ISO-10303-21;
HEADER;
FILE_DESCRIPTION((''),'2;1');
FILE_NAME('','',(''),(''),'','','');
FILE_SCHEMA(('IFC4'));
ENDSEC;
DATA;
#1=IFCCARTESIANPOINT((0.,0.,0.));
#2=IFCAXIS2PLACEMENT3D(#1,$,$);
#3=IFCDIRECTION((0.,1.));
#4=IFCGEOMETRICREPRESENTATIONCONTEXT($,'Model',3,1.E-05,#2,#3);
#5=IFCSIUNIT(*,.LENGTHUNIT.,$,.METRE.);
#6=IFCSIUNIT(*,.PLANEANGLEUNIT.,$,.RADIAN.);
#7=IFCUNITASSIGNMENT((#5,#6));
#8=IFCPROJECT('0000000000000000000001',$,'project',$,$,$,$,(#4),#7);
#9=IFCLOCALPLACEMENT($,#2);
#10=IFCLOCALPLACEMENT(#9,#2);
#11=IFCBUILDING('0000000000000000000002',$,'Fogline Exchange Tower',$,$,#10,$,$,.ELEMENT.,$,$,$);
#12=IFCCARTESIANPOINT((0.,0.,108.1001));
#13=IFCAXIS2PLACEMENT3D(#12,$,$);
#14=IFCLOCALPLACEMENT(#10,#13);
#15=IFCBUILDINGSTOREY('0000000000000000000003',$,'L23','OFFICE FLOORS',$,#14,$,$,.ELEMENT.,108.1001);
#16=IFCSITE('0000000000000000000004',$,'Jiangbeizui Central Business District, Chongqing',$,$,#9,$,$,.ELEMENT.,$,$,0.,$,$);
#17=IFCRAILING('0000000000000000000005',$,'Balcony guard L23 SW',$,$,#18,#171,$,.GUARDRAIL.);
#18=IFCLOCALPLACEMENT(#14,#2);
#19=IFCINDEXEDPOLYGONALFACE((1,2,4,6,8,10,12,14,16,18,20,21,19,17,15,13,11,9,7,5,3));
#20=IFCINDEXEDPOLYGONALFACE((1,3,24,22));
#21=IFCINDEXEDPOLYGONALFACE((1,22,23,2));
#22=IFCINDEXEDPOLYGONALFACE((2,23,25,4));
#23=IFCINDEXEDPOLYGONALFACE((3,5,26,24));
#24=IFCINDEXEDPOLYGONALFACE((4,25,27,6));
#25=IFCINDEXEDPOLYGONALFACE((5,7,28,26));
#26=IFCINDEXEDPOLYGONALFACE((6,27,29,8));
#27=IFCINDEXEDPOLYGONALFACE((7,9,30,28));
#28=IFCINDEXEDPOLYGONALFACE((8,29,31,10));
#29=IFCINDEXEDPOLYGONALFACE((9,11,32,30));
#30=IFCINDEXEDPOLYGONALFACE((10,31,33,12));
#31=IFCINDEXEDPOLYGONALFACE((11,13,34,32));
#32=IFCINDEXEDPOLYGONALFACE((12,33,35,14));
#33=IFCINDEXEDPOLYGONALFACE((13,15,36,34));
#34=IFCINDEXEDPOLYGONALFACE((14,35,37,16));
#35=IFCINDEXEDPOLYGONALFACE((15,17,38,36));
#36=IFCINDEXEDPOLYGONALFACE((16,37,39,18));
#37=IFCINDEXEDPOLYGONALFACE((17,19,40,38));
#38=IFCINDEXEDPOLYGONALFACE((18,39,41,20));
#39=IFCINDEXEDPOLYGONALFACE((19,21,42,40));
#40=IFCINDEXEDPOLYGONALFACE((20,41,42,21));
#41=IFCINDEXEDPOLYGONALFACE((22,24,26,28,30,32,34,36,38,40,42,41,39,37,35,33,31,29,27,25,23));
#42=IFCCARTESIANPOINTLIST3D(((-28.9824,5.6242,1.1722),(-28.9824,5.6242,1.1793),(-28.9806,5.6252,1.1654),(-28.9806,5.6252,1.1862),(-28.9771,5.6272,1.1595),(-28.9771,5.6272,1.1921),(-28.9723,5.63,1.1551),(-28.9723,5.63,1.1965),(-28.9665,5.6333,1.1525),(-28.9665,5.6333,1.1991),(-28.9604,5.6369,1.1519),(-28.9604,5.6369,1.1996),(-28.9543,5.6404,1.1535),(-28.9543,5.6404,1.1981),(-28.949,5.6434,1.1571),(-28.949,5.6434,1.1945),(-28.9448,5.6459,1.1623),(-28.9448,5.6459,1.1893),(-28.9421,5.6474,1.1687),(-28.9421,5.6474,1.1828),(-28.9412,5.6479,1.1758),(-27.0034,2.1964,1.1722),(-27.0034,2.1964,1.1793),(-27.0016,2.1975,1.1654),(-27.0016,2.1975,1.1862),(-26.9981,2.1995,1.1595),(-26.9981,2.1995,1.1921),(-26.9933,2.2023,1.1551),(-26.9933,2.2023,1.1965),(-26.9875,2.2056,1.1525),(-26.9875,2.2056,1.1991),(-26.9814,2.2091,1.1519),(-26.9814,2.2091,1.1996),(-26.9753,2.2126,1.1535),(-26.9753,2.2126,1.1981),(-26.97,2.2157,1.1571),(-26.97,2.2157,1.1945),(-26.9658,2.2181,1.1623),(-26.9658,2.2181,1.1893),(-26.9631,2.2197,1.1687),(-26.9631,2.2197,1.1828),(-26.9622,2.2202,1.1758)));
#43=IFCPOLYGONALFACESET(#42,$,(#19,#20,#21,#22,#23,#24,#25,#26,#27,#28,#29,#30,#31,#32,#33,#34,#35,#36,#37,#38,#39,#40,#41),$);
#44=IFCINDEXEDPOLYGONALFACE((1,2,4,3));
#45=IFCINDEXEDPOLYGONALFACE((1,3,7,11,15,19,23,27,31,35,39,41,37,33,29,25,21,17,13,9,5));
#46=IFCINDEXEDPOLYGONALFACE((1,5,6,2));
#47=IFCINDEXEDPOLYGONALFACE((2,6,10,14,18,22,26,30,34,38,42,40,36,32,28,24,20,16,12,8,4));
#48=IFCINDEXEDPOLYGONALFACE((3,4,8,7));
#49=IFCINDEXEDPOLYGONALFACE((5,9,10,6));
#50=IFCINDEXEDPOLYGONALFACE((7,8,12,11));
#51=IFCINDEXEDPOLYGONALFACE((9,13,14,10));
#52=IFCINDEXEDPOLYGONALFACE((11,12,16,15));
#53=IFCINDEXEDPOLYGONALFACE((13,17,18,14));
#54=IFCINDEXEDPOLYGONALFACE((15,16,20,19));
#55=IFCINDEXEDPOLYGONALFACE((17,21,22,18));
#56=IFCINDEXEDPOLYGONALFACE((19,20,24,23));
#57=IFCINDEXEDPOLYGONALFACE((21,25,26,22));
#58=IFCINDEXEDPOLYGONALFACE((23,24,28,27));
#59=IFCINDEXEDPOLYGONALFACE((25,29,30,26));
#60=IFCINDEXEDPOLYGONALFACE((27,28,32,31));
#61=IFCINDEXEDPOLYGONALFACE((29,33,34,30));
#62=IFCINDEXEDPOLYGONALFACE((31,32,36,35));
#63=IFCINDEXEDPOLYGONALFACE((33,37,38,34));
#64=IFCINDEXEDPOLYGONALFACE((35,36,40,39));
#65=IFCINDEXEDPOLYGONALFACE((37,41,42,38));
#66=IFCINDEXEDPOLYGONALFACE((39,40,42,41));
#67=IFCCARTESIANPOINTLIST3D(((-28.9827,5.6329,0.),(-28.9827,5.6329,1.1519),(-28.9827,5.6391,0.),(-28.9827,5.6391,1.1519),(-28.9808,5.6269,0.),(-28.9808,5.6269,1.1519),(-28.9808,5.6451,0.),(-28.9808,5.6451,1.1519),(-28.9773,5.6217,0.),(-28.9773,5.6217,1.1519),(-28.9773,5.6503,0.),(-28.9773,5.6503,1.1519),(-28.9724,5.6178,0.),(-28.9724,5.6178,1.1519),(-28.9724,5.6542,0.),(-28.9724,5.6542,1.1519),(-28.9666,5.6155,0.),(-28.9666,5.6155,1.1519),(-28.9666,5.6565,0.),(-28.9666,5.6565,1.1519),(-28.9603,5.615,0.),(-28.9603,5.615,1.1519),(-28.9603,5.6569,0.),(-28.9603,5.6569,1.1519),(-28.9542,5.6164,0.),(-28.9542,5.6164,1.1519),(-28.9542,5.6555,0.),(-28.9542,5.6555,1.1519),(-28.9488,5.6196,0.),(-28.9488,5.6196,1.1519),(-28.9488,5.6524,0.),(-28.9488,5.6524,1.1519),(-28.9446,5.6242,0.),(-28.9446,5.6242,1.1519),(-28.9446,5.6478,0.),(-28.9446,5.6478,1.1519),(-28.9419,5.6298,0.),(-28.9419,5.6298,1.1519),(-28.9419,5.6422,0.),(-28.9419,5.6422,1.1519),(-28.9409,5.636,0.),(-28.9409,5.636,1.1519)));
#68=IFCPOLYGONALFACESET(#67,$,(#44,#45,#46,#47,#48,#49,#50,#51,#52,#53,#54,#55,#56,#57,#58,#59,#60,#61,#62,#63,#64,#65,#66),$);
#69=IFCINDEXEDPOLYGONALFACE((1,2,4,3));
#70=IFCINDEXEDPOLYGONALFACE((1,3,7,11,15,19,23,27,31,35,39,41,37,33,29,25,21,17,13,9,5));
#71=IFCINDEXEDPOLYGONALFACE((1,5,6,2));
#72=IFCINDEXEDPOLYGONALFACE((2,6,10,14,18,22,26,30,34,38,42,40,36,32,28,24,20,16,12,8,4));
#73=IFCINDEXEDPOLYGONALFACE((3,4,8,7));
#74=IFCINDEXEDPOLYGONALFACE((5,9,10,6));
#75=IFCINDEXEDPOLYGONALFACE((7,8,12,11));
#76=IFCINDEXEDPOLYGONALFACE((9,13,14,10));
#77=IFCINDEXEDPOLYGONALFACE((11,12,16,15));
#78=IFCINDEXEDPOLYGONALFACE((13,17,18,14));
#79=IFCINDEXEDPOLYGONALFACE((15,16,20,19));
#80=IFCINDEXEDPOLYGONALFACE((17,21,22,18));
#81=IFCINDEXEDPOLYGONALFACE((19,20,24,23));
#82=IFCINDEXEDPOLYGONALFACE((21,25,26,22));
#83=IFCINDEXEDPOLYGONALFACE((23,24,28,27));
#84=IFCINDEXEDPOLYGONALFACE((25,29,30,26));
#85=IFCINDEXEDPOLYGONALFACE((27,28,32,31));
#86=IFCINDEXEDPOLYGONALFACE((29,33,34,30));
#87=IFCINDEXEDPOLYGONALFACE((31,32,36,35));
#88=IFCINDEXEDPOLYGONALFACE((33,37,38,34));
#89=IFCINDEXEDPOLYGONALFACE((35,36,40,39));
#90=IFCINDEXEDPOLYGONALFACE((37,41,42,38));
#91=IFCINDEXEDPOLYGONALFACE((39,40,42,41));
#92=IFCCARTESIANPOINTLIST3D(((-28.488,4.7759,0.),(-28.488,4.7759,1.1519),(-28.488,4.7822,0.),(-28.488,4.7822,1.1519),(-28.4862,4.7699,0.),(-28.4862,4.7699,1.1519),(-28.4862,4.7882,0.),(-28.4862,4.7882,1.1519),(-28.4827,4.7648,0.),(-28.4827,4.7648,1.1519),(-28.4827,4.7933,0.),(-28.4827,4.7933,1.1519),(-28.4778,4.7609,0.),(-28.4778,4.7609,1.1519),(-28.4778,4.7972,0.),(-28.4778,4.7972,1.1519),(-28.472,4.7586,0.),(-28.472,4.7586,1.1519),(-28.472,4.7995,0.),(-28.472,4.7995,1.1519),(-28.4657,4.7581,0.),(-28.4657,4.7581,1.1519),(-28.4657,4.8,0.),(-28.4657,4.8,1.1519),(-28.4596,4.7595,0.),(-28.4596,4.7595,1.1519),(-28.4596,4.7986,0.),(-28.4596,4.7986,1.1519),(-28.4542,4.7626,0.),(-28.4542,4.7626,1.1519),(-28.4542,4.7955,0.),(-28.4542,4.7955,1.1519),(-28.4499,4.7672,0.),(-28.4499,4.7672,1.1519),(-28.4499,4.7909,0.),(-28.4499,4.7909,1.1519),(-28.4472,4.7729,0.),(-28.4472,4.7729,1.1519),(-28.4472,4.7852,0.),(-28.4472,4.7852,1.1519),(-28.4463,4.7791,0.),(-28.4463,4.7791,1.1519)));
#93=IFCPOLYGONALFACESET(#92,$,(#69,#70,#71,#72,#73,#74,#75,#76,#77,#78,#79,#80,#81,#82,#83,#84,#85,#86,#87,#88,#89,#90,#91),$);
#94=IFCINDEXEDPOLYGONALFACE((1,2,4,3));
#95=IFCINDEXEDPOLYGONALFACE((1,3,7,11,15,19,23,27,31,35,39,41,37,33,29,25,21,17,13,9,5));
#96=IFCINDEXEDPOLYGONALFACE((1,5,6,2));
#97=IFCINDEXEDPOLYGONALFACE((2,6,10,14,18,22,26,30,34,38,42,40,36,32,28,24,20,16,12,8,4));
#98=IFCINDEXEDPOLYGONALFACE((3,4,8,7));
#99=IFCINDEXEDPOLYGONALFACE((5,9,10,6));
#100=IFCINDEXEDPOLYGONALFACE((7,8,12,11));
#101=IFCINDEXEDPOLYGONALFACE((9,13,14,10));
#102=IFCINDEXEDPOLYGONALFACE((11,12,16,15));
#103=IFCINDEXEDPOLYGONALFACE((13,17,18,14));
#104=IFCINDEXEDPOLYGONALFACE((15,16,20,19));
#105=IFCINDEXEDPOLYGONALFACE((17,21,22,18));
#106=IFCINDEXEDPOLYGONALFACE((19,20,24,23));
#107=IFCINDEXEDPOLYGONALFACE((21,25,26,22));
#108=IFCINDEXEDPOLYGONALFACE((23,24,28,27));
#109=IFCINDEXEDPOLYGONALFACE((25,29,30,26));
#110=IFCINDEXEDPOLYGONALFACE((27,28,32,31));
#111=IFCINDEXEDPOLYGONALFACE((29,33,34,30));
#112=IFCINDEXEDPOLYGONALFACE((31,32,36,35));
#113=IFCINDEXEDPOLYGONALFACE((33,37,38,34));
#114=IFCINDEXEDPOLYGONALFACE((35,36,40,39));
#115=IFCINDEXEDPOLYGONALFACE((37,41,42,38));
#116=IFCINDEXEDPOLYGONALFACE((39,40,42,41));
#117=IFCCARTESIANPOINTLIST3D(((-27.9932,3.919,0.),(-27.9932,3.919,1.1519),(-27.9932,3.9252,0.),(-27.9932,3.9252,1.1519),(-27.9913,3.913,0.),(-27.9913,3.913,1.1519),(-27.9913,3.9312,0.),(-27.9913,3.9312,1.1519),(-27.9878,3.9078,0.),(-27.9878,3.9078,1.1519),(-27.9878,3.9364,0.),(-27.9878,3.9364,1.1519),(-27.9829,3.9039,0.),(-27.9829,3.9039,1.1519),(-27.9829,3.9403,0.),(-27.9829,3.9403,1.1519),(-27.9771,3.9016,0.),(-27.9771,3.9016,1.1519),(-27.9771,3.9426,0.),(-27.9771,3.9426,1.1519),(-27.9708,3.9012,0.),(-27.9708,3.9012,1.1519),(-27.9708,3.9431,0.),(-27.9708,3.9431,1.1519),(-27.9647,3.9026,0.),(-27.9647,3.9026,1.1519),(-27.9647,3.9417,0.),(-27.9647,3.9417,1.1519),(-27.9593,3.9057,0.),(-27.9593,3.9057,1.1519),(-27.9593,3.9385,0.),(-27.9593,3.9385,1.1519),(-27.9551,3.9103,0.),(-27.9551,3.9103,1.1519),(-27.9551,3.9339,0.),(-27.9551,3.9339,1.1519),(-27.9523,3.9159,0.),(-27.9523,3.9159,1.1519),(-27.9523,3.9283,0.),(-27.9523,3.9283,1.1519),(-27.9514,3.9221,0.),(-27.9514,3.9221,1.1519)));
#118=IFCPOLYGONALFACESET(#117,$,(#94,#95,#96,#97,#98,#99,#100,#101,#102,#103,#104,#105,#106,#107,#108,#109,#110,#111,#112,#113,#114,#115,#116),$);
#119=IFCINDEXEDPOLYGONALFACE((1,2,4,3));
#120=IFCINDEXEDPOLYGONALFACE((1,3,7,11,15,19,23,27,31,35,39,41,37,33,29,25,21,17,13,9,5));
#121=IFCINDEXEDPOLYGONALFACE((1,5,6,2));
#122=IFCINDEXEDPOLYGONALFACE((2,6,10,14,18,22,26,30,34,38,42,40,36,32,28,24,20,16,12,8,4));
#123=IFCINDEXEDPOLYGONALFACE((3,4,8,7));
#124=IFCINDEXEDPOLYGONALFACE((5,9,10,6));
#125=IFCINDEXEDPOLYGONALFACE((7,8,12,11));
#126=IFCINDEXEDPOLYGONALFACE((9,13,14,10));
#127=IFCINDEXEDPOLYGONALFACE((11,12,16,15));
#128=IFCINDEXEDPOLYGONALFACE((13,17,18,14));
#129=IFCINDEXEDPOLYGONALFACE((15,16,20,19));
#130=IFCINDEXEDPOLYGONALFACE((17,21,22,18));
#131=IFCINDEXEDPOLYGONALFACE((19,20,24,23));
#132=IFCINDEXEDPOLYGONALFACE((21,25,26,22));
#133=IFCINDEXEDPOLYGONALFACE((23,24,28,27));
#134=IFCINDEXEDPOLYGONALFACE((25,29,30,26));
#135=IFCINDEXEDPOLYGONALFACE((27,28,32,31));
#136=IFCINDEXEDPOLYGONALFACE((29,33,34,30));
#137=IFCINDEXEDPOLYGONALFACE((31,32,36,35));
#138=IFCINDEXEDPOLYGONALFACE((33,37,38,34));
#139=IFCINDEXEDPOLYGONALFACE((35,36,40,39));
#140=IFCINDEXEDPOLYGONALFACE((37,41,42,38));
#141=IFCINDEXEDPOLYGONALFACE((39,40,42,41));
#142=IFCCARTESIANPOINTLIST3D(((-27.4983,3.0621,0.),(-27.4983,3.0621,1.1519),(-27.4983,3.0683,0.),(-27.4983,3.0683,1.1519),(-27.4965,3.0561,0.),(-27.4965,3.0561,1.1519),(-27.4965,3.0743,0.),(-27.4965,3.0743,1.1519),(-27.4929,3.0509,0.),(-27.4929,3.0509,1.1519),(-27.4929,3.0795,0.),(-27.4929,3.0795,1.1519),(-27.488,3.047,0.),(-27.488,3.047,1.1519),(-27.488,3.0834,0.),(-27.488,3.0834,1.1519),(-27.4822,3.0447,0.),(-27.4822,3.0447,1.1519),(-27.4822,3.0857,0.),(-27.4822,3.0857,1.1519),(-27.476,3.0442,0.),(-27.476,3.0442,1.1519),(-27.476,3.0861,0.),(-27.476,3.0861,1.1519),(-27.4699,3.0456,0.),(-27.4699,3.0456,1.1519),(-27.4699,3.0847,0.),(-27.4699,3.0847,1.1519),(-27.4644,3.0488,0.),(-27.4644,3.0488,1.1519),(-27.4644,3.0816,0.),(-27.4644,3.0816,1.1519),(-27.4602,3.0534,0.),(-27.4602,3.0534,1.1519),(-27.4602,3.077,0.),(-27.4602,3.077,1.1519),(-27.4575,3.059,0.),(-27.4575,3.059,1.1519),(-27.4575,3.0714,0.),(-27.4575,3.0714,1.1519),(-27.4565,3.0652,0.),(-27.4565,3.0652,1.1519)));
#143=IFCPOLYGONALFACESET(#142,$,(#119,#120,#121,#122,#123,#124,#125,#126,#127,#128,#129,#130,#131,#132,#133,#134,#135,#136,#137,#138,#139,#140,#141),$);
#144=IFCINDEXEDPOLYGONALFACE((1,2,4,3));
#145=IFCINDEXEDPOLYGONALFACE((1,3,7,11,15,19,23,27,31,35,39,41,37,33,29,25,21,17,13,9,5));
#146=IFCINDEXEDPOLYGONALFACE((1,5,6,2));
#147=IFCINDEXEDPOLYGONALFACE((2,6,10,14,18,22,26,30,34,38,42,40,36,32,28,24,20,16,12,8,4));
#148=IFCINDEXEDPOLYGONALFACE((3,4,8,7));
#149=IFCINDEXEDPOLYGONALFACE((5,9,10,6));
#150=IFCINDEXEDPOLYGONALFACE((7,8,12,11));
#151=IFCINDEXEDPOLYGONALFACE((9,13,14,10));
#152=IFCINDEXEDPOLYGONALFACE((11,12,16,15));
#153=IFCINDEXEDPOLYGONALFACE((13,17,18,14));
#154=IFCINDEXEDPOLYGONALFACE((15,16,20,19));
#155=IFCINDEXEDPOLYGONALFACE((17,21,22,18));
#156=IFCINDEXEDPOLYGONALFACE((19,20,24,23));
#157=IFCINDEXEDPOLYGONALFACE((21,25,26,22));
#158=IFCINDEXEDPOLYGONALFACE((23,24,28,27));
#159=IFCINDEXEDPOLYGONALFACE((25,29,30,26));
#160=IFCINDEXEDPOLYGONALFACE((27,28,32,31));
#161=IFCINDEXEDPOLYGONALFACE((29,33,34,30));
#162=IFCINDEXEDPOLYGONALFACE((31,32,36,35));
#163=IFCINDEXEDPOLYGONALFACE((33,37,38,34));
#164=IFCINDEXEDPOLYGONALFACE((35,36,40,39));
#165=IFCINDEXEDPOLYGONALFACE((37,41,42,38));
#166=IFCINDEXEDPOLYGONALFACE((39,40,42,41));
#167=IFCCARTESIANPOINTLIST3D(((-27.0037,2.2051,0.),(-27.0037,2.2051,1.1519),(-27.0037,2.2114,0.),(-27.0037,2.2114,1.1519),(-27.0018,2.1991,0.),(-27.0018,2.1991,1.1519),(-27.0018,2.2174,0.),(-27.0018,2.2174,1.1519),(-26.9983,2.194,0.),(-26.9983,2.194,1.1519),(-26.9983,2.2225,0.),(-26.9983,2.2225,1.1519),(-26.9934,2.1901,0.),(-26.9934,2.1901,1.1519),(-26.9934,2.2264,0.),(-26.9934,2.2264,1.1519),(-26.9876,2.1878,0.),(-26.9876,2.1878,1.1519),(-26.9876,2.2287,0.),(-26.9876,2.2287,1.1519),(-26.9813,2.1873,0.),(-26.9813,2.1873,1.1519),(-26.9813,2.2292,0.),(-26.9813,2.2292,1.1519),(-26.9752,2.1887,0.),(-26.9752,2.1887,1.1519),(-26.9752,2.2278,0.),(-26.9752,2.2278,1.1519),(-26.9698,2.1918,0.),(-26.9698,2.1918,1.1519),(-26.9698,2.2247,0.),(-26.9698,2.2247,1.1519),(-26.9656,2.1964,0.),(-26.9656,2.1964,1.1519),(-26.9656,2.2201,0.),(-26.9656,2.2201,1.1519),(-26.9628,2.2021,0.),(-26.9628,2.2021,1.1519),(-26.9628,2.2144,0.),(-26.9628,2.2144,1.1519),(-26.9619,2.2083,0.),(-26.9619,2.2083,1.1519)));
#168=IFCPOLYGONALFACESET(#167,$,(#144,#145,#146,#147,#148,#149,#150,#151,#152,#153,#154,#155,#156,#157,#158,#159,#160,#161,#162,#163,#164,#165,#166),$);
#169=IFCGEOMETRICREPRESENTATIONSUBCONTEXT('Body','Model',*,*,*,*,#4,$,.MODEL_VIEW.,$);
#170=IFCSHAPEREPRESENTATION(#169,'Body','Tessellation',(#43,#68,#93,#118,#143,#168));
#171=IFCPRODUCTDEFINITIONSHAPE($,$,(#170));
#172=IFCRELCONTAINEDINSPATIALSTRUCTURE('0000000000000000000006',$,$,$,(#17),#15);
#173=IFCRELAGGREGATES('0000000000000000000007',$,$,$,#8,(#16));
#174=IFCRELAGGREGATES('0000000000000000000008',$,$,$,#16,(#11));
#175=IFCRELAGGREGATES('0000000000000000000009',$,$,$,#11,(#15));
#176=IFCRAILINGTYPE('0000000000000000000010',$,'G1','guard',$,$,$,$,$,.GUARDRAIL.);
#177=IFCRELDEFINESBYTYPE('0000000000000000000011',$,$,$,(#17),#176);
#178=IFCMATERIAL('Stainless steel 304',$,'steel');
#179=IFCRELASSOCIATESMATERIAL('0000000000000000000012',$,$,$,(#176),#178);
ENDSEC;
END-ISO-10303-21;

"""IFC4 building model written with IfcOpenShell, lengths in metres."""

from ifc_helpers import new_model, si_unit, direction, frame, origin, origin_2d, place, context, subcontext, project, spatial, circle, extrude, material, type_object, element, save


model = new_model("IFC4")

# Units and contexts
model_context = context("Model", 3, precision=1e-05, world=origin(), true_north=direction((0.0, 1.0)))
body_context = subcontext(model_context, "Body", "Model", "MODEL_VIEW")
ifc_project = project(units=[si_unit("LENGTHUNIT", "METRE"), si_unit("PLANEANGLEUNIT", "RADIAN")], contexts=[model_context])

# Site, building, storey
site_placement = place(None, origin())
site = spatial("IfcSite", under=ifc_project, at=site_placement, Name="Jiangbeizui Central Business District, Chongqing", CompositionType="ELEMENT", RefElevation=0.0)
building_placement = place(site_placement, origin())
building = spatial("IfcBuilding", under=site, at=building_placement, Name="Fogline Exchange Tower", CompositionType="ELEMENT")
storey_placement = place(building_placement, frame((0.0, 0.0, 108.1001)))
storey = spatial("IfcBuildingStorey", under=building, at=storey_placement, Name="L23", Description="OFFICE FLOORS", CompositionType="ELEMENT", Elevation=108.1001)

# Railing
ifc_material_1 = material(Name="Stainless steel 304", Category="steel")
railing_type = type_object("IfcRailingType", Name="G1", Description="guard", PredefinedType="GUARDRAIL", material=ifc_material_1)
railing_placement = place(storey_placement, frame((-28.9619, 5.636, 0.0)))
element("IfcRailing", 1, at=railing_placement, inside=storey, type_object=railing_type, Name="Balcony guard L23 SW", PredefinedType="GUARDRAIL", context=body_context, shape_type="SweptSolid", body=[
    extrude(circle(Radius=0.0239, at=origin_2d()), frame((0.0, 0.0, 1.1758), z_axis=(0.5, -0.866025, 0.0), x_axis=(0.866025, 0.5, 0.0)), (0.0, 0.0, 1.0), 3.958),
    extrude(circle(Radius=0.021, at=origin_2d()), origin(), (0.0, 0.0, 1.0), 1.1519),
    extrude(circle(Radius=0.021, at=origin_2d()), frame((0.4946, -0.8569, 0.0)), (0.0, 0.0, 1.0), 1.1519),
    extrude(circle(Radius=0.021, at=origin_2d()), frame((0.9895, -1.7139, 0.0)), (0.0, 0.0, 1.0), 1.1519),
    extrude(circle(Radius=0.021, at=origin_2d()), frame((1.4844, -2.5708, 0.0)), (0.0, 0.0, 1.0), 1.1519),
    extrude(circle(Radius=0.021, at=origin_2d()), frame((1.979, -3.4277, 0.0)), (0.0, 0.0, 1.0), 1.1519),
])

save(model, "model.ifc")
